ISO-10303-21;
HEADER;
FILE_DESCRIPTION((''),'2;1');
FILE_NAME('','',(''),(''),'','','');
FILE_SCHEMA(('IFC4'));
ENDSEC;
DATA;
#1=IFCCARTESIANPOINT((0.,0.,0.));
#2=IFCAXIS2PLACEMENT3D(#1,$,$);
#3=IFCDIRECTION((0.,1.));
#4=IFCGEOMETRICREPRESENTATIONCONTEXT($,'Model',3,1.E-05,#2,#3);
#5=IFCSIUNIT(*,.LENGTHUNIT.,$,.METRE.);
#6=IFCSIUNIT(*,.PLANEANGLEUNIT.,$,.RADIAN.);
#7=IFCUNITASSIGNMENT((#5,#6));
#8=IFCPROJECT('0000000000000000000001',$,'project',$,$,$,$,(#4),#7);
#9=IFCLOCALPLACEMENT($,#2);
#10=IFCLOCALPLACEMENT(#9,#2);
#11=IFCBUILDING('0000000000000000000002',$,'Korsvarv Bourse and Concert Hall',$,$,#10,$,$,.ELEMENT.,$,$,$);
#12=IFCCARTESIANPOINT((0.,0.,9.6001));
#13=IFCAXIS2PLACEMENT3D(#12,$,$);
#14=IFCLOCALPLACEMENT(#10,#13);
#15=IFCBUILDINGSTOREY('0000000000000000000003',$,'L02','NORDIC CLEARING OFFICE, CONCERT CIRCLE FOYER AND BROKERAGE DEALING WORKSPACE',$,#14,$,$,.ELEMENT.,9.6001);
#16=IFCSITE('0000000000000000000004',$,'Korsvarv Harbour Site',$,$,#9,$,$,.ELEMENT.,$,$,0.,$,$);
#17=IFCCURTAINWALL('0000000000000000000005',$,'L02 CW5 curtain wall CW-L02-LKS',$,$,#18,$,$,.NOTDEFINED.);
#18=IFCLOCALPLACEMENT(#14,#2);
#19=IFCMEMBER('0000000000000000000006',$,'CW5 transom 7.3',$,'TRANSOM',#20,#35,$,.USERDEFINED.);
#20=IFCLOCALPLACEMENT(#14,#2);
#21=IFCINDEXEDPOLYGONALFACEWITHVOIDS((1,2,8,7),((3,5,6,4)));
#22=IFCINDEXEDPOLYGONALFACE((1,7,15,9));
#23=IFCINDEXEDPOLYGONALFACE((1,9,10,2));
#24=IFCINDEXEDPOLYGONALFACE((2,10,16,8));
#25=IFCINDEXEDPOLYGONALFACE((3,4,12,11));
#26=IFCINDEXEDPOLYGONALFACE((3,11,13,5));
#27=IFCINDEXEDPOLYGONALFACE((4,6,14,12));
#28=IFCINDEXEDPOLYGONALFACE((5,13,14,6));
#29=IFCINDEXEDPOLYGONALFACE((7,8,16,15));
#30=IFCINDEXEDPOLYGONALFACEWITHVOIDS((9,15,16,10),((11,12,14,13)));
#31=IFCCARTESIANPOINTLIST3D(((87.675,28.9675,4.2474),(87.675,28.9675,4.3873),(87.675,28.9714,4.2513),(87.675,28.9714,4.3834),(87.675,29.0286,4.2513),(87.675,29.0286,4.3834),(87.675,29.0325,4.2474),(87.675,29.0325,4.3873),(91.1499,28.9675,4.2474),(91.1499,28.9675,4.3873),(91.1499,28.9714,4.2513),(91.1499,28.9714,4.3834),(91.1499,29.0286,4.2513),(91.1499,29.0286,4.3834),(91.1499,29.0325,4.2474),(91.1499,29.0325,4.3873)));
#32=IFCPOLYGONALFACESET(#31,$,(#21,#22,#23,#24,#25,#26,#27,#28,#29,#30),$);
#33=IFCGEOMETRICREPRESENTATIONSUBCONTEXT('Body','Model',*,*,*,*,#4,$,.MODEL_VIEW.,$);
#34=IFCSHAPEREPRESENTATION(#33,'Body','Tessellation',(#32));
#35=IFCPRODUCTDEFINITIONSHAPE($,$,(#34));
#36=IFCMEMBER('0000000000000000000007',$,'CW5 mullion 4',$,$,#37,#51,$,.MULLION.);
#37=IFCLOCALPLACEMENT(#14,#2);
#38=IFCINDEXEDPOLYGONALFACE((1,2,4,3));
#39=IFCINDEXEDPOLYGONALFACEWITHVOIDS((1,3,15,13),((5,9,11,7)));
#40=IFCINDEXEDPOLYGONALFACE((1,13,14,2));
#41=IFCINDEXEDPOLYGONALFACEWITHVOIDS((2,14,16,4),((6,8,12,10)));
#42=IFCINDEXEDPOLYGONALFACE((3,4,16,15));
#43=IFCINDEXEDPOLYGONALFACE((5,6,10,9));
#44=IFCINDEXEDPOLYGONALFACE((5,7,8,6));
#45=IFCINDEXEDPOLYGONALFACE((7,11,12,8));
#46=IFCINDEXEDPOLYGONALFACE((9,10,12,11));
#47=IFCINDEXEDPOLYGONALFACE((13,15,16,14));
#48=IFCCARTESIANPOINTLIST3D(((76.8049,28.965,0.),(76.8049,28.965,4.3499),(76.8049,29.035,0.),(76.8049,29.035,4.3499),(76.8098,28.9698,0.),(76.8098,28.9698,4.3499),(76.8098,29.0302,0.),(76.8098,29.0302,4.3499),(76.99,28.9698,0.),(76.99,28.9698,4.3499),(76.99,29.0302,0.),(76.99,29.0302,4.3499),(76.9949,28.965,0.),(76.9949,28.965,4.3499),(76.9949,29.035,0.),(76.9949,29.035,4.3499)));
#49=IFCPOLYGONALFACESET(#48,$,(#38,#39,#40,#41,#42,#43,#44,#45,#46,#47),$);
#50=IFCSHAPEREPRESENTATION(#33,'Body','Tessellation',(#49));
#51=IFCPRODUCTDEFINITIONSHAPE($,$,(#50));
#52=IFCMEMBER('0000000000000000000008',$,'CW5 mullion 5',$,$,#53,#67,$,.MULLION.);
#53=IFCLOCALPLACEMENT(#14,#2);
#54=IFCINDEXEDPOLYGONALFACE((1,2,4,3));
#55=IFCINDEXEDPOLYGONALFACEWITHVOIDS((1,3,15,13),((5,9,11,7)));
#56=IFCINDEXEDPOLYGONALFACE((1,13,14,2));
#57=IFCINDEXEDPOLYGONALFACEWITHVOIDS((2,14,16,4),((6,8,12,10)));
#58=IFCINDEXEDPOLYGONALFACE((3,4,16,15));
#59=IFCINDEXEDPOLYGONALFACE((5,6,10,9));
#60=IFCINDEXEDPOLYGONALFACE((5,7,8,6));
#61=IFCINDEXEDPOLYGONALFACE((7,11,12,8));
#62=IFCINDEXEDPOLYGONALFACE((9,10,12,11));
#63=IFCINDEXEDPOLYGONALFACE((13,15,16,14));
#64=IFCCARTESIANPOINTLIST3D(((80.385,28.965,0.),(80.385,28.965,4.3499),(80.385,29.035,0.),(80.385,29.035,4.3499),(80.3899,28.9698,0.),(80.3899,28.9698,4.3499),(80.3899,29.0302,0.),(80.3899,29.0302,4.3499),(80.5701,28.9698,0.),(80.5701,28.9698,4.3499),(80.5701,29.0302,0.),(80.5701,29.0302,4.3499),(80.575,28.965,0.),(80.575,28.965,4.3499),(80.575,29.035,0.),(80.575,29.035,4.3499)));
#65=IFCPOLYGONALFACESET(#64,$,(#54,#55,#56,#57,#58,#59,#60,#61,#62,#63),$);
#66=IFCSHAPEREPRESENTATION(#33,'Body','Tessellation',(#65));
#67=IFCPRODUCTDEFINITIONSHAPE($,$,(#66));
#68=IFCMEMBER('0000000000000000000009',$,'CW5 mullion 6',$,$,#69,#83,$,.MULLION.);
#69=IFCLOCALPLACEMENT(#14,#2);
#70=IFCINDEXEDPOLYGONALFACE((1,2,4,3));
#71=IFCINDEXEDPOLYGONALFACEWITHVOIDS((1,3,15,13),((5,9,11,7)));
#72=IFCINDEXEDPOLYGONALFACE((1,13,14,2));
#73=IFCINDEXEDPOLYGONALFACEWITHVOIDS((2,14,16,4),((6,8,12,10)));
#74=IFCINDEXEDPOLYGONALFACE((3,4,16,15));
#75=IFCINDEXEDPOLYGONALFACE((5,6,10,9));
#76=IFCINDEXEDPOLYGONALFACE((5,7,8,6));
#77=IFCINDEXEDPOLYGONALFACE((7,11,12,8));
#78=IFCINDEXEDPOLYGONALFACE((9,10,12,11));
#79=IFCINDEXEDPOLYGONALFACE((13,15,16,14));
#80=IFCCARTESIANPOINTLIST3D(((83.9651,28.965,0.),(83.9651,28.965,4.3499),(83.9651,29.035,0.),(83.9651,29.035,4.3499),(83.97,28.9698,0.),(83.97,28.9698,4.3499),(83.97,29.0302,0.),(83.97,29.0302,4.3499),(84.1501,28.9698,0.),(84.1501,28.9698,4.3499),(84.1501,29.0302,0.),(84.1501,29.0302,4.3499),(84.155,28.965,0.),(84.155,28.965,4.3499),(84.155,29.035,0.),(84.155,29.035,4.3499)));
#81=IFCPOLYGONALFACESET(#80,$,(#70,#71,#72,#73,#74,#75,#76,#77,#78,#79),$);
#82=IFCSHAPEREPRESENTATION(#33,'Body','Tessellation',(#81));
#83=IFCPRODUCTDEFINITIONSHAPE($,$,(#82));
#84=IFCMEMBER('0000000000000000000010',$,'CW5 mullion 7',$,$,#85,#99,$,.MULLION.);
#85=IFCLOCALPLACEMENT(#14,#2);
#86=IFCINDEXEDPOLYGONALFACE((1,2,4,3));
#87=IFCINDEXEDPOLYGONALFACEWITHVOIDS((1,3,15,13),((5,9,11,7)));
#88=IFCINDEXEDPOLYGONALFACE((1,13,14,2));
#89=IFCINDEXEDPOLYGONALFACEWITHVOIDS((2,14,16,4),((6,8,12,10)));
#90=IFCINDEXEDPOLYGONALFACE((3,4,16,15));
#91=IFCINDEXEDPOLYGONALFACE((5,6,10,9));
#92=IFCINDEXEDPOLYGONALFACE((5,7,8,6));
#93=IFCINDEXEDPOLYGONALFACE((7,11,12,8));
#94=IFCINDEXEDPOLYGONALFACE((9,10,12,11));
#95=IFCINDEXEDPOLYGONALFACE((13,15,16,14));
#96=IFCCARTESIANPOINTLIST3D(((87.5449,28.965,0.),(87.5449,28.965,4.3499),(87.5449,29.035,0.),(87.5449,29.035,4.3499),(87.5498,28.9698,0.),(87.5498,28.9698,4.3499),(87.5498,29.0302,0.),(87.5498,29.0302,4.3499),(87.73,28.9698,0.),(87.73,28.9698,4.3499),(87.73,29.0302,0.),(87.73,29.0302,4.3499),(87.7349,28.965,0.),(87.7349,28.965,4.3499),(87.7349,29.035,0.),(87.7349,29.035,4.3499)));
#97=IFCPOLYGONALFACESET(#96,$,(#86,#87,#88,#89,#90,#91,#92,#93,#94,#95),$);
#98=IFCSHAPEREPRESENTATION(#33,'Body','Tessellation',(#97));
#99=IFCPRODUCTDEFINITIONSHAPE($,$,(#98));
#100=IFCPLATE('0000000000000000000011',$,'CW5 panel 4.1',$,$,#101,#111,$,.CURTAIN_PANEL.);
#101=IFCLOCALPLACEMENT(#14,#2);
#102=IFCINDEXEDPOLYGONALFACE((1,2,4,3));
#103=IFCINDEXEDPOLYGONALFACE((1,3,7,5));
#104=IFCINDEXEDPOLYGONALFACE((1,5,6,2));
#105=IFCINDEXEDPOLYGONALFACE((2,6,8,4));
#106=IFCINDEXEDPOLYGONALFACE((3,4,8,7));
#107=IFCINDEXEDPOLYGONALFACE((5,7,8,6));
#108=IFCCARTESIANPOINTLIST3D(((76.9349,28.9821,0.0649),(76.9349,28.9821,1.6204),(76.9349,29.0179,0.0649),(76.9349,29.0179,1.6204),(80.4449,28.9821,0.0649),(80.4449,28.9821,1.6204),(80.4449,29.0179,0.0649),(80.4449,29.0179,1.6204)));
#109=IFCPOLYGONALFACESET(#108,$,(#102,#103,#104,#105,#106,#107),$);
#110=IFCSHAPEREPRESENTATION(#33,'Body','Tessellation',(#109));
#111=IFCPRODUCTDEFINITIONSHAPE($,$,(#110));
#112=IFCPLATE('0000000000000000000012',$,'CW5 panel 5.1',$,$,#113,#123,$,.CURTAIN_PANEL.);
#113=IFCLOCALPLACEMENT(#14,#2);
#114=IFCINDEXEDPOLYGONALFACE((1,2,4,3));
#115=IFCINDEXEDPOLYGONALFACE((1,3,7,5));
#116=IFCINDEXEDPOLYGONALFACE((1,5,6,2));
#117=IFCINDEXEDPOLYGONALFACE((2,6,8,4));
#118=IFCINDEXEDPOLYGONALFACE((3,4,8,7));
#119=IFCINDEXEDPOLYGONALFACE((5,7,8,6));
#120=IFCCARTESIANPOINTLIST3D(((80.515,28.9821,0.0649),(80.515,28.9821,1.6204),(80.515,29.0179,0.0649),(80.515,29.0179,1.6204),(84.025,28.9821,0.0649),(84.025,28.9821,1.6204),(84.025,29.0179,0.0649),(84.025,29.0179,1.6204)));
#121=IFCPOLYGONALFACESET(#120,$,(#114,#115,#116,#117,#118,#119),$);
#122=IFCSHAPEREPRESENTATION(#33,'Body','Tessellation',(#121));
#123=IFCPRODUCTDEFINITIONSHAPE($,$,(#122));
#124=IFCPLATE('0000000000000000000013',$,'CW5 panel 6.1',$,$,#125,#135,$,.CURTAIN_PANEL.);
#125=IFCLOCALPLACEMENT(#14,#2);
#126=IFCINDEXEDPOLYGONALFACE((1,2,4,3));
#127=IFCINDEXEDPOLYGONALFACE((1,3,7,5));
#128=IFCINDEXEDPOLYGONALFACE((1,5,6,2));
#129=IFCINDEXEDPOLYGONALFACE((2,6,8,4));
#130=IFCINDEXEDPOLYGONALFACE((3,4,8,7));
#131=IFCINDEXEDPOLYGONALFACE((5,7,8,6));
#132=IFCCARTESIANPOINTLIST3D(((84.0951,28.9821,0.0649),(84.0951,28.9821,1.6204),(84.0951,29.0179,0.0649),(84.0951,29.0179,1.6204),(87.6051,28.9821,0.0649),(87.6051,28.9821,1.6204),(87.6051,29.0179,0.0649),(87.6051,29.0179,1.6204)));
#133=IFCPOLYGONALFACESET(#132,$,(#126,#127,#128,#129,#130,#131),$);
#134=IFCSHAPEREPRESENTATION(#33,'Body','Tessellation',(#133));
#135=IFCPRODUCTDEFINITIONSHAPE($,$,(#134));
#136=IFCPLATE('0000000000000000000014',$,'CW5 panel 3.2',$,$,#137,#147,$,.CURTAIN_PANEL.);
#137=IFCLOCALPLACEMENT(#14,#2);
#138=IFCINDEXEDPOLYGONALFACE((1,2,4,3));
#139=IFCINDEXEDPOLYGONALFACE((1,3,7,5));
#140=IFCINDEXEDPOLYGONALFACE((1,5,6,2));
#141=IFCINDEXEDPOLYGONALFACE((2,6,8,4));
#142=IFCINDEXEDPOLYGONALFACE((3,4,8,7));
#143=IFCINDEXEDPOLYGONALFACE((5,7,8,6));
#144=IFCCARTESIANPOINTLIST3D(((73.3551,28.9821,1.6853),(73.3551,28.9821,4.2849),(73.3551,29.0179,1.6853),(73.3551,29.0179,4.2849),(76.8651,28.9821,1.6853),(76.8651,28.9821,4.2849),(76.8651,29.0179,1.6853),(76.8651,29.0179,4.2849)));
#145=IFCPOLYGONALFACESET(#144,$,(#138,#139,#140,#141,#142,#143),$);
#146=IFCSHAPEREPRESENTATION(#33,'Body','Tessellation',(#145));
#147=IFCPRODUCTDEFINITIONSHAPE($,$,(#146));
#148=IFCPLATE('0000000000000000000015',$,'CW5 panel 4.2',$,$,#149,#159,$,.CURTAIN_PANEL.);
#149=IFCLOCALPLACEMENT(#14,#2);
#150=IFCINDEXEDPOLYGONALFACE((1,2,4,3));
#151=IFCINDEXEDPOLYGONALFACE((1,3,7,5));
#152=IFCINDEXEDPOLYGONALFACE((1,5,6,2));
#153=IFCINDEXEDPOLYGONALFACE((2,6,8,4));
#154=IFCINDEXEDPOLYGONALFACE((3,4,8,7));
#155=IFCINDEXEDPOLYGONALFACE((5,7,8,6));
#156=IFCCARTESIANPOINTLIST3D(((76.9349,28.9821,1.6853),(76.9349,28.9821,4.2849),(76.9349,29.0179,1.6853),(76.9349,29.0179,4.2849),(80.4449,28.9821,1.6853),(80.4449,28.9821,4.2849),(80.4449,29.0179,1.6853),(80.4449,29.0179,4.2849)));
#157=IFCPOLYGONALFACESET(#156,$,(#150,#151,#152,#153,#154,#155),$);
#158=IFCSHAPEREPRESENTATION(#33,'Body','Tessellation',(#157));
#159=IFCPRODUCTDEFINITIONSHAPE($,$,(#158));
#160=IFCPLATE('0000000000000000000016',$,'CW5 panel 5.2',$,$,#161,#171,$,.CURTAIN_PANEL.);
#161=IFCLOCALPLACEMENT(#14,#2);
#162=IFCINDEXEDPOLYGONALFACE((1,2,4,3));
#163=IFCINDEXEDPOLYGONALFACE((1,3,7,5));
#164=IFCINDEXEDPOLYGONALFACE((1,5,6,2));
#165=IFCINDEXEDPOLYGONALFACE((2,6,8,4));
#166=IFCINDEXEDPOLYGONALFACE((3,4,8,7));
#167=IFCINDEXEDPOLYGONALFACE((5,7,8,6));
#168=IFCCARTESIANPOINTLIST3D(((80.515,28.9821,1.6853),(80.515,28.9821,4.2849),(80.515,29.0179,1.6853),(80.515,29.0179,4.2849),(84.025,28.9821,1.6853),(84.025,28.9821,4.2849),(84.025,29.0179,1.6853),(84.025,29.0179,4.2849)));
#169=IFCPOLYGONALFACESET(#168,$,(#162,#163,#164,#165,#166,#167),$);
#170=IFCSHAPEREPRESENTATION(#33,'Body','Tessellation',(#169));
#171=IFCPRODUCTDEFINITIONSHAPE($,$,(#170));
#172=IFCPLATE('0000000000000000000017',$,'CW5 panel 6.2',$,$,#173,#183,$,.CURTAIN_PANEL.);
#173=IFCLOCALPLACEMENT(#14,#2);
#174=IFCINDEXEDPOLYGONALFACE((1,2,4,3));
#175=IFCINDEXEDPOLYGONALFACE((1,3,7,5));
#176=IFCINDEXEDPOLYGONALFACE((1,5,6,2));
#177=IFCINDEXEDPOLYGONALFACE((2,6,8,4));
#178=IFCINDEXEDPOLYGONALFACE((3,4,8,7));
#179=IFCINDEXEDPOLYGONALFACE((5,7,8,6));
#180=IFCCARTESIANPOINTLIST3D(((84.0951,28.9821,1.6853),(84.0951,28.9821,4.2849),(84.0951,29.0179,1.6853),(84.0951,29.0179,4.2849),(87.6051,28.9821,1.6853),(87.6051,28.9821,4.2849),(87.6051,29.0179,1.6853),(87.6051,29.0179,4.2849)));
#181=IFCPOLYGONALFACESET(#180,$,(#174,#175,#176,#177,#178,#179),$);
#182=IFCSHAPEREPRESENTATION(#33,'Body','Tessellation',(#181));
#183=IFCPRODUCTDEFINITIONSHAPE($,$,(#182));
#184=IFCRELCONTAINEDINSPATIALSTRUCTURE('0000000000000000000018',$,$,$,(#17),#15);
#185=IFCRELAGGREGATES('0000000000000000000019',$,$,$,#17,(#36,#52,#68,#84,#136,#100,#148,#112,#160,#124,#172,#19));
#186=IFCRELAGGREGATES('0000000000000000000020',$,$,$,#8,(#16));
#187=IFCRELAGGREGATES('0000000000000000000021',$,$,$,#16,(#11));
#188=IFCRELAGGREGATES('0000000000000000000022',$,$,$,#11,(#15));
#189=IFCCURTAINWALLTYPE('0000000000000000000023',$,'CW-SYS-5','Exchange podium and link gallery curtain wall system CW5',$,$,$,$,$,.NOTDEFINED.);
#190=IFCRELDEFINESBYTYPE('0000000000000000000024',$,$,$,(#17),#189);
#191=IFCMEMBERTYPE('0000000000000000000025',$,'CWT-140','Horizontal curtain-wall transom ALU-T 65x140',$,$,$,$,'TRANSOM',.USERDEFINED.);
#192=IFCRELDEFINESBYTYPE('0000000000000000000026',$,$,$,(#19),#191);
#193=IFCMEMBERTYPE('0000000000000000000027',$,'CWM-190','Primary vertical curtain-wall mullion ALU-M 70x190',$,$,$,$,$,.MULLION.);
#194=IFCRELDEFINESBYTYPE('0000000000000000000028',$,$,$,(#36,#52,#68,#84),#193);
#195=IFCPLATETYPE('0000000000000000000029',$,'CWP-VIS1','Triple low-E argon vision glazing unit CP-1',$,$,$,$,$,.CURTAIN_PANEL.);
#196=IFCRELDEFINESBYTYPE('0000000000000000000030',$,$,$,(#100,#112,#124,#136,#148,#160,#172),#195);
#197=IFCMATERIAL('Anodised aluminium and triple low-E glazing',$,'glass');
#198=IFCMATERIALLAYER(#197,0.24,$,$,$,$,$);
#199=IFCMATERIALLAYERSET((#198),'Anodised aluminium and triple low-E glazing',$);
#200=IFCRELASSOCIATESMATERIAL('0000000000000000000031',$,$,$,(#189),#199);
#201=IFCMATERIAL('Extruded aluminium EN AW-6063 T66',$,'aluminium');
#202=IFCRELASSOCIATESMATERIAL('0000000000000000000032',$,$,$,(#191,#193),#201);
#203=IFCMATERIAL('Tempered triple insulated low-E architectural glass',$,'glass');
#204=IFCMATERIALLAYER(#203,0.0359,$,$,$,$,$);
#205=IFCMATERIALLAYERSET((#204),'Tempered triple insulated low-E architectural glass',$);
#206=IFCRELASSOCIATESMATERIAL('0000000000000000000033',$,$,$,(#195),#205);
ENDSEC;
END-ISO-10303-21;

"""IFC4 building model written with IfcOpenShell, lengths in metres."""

from ifc_helpers import new_model, si_unit, direction, frame, origin, origin_2d, place, context, subcontext, project, spatial, rectangle, hollow_rectangle, extrude, source, transform, mapped, material, layer, layer_set, material_profile, profile_set, type_object, element, aggregate, save


model = new_model("IFC4")

# Units and contexts
model_context = context("Model", 3, precision=1e-05, world=origin(), true_north=direction((0.0, 1.0)))
body_context = subcontext(model_context, "Body", "Model", "MODEL_VIEW")
ifc_project = project(units=[si_unit("LENGTHUNIT", "METRE"), si_unit("PLANEANGLEUNIT", "RADIAN")], contexts=[model_context])

# Site, building, storey
site_placement = place(None, origin())
site = spatial("IfcSite", under=ifc_project, at=site_placement, Name="Korsvarv Harbour Site", CompositionType="ELEMENT", RefElevation=0.0)
building_placement = place(site_placement, origin())
building = spatial("IfcBuilding", under=site, at=building_placement, Name="Korsvarv Bourse and Concert Hall", CompositionType="ELEMENT")
storey_placement = place(building_placement, frame((0.0, 0.0, 9.6001)))
storey = spatial("IfcBuildingStorey", under=building, at=storey_placement, Name="L02", Description="NORDIC CLEARING OFFICE, CONCERT CIRCLE FOYER AND BROKERAGE DEALING WORKSPACE", CompositionType="ELEMENT", Elevation=9.6001)

# Curtain wall, members, plates
ifc_material_1 = material(Name="Anodised aluminium and triple low-E glazing", Category="glass")
ifc_layer_1 = layer(ifc_material_1, 0.24)
ifc_layer_set_1 = layer_set([ifc_layer_1], Name="Anodised aluminium and triple low-E glazing")
curtain_wall_type = type_object("IfcCurtainWallType", Name="CW-SYS-5", Description="Exchange podium and link gallery curtain wall system CW5", PredefinedType="NOTDEFINED", material=ifc_layer_set_1)
curtain_wall_placement = place(storey_placement, origin())
curtain_wall = element("IfcCurtainWall", 1, at=curtain_wall_placement, inside=storey, type_object=curtain_wall_type, Name="L02 CW5 curtain wall CW-L02-LKS", PredefinedType="NOTDEFINED")
ifc_material_2 = material(Name="Extruded aluminium EN AW-6063 T66", Category="aluminium")
ifc_material_profile_1 = material_profile(ifc_material_2, hollow_rectangle(XDim=0.0649, YDim=0.1399, WallThickness=0.0039, at=origin_2d()), Name="ALU-T 65x140")
ifc_profile_set_1 = profile_set([ifc_material_profile_1], Name="Extruded aluminium EN AW-6063 T66")
member_type_1 = type_object("IfcMemberType", Name="CWT-140", Description="Horizontal curtain-wall transom ALU-T 65x140", ElementType="TRANSOM", PredefinedType="USERDEFINED", material=ifc_profile_set_1)
shared_shape_1 = source(origin(), body_context, "Body", "SweptSolid", [
    extrude(hollow_rectangle(XDim=0.0649, YDim=0.1399, WallThickness=0.0039, at=origin_2d()), origin(), (0.0, 0.0, 1.0), 3.4749),
])
member_1_placement = place(storey_placement, frame((87.675, 29.0, 4.3174), z_axis=(1.0, 0.0, 0.0), x_axis=(0.0, 1.0, 0.0)))
member_1 = element("IfcMember", 2, at=member_1_placement, type_object=member_type_1, Name="CW5 transom 7.3", ObjectType="TRANSOM", PredefinedType="USERDEFINED", context=body_context, shape_type="MappedRepresentation", body=[
    mapped(shared_shape_1, transform((0.0, 0.0, 0.0), scale=1.0)),
])
ifc_material_profile_2 = material_profile(ifc_material_2, hollow_rectangle(XDim=0.0701, YDim=0.1899, WallThickness=0.0049, at=origin_2d()), Name="ALU-M 70x190")
ifc_profile_set_2 = profile_set([ifc_material_profile_2], Name="Extruded aluminium EN AW-6063 T66")
member_type_2 = type_object("IfcMemberType", Name="CWM-190", Description="Primary vertical curtain-wall mullion ALU-M 70x190", PredefinedType="MULLION", material=ifc_profile_set_2)
shared_shape_2 = source(origin(), body_context, "Body", "SweptSolid", [
    extrude(hollow_rectangle(XDim=0.0701, YDim=0.1899, WallThickness=0.0049, at=origin_2d()), origin(), (0.0, 0.0, 1.0), 4.3499),
])
member_2_placement = place(storey_placement, frame((76.8999, 29.0, 0.0), z_axis=(0.0, 0.0, 1.0), x_axis=(0.0, 1.0, 0.0)))
member_2 = element("IfcMember", 3, at=member_2_placement, type_object=member_type_2, Name="CW5 mullion 4", PredefinedType="MULLION", context=body_context, shape_type="MappedRepresentation", body=[
    mapped(shared_shape_2, transform((0.0, 0.0, 0.0), scale=1.0)),
])
member_3_placement = place(storey_placement, frame((80.48, 29.0, 0.0), z_axis=(0.0, 0.0, 1.0), x_axis=(0.0, 1.0, 0.0)))
member_3 = element("IfcMember", 4, at=member_3_placement, type_object=member_type_2, Name="CW5 mullion 5", PredefinedType="MULLION", context=body_context, shape_type="MappedRepresentation", body=[
    mapped(shared_shape_2, transform((0.0, 0.0, 0.0), scale=1.0)),
])
member_4_placement = place(storey_placement, frame((84.0601, 29.0, 0.0), z_axis=(0.0, 0.0, 1.0), x_axis=(0.0, 1.0, 0.0)))
member_4 = element("IfcMember", 5, at=member_4_placement, type_object=member_type_2, Name="CW5 mullion 6", PredefinedType="MULLION", context=body_context, shape_type="MappedRepresentation", body=[
    mapped(shared_shape_2, transform((0.0, 0.0, 0.0), scale=1.0)),
])
member_5_placement = place(storey_placement, frame((87.6399, 29.0, 0.0), z_axis=(0.0, 0.0, 1.0), x_axis=(0.0, 1.0, 0.0)))
member_5 = element("IfcMember", 6, at=member_5_placement, type_object=member_type_2, Name="CW5 mullion 7", PredefinedType="MULLION", context=body_context, shape_type="MappedRepresentation", body=[
    mapped(shared_shape_2, transform((0.0, 0.0, 0.0), scale=1.0)),
])
ifc_material_3 = material(Name="Tempered triple insulated low-E architectural glass", Category="glass")
ifc_layer_2 = layer(ifc_material_3, 0.0359)
ifc_layer_set_2 = layer_set([ifc_layer_2], Name="Tempered triple insulated low-E architectural glass")
plate_type = type_object("IfcPlateType", Name="CWP-VIS1", Description="Triple low-E argon vision glazing unit CP-1", PredefinedType="CURTAIN_PANEL", material=ifc_layer_set_2)
shared_shape_3 = source(origin(), body_context, "Body", "SweptSolid", [
    extrude(rectangle(XDim=3.51, YDim=0.0359, at=origin_2d()), origin(), (0.0, 0.0, 1.0), 1.5554),
])
plate_1_placement = place(storey_placement, frame((78.6899, 29.0, 0.0649), z_axis=(0.0, 0.0, 1.0), x_axis=(1.0, 0.0, 0.0)))
plate_1 = element("IfcPlate", 7, at=plate_1_placement, type_object=plate_type, Name="CW5 panel 4.1", PredefinedType="CURTAIN_PANEL", context=body_context, shape_type="MappedRepresentation", body=[
    mapped(shared_shape_3, transform((0.0, 0.0, 0.0), scale=1.0)),
])
plate_2_placement = place(storey_placement, frame((82.27, 29.0, 0.0649), z_axis=(0.0, 0.0, 1.0), x_axis=(1.0, 0.0, 0.0)))
plate_2 = element("IfcPlate", 8, at=plate_2_placement, type_object=plate_type, Name="CW5 panel 5.1", PredefinedType="CURTAIN_PANEL", context=body_context, shape_type="MappedRepresentation", body=[
    mapped(shared_shape_3, transform((0.0, 0.0, 0.0), scale=1.0)),
])
plate_3_placement = place(storey_placement, frame((85.8501, 29.0, 0.0649), z_axis=(0.0, 0.0, 1.0), x_axis=(1.0, 0.0, 0.0)))
plate_3 = element("IfcPlate", 9, at=plate_3_placement, type_object=plate_type, Name="CW5 panel 6.1", PredefinedType="CURTAIN_PANEL", context=body_context, shape_type="MappedRepresentation", body=[
    mapped(shared_shape_3, transform((0.0, 0.0, 0.0), scale=1.0)),
])
shared_shape_4 = source(origin(), body_context, "Body", "SweptSolid", [
    extrude(rectangle(XDim=3.51, YDim=0.0359, at=origin_2d()), origin(), (0.0, 0.0, 1.0), 2.5996),
])
plate_4_placement = place(storey_placement, frame((75.1101, 29.0, 1.6853), z_axis=(0.0, 0.0, 1.0), x_axis=(1.0, 0.0, 0.0)))
plate_4 = element("IfcPlate", 10, at=plate_4_placement, type_object=plate_type, Name="CW5 panel 3.2", PredefinedType="CURTAIN_PANEL", context=body_context, shape_type="MappedRepresentation", body=[
    mapped(shared_shape_4, transform((0.0, 0.0, 0.0), scale=1.0)),
])
plate_5_placement = place(storey_placement, frame((78.6899, 29.0, 1.6853), z_axis=(0.0, 0.0, 1.0), x_axis=(1.0, 0.0, 0.0)))
plate_5 = element("IfcPlate", 11, at=plate_5_placement, type_object=plate_type, Name="CW5 panel 4.2", PredefinedType="CURTAIN_PANEL", context=body_context, shape_type="MappedRepresentation", body=[
    mapped(shared_shape_4, transform((0.0, 0.0, 0.0), scale=1.0)),
])
plate_6_placement = place(storey_placement, frame((82.27, 29.0, 1.6853), z_axis=(0.0, 0.0, 1.0), x_axis=(1.0, 0.0, 0.0)))
plate_6 = element("IfcPlate", 12, at=plate_6_placement, type_object=plate_type, Name="CW5 panel 5.2", PredefinedType="CURTAIN_PANEL", context=body_context, shape_type="MappedRepresentation", body=[
    mapped(shared_shape_4, transform((0.0, 0.0, 0.0), scale=1.0)),
])
plate_7_placement = place(storey_placement, frame((85.8501, 29.0, 1.6853), z_axis=(0.0, 0.0, 1.0), x_axis=(1.0, 0.0, 0.0)))
plate_7 = element("IfcPlate", 13, at=plate_7_placement, type_object=plate_type, Name="CW5 panel 6.2", PredefinedType="CURTAIN_PANEL", context=body_context, shape_type="MappedRepresentation", body=[
    mapped(shared_shape_4, transform((0.0, 0.0, 0.0), scale=1.0)),
])
aggregate(curtain_wall, [member_2, member_3, member_4, member_5, plate_4, plate_1, plate_5, plate_2, plate_6, plate_3, plate_7, member_1])

save(model, "model.ifc")
